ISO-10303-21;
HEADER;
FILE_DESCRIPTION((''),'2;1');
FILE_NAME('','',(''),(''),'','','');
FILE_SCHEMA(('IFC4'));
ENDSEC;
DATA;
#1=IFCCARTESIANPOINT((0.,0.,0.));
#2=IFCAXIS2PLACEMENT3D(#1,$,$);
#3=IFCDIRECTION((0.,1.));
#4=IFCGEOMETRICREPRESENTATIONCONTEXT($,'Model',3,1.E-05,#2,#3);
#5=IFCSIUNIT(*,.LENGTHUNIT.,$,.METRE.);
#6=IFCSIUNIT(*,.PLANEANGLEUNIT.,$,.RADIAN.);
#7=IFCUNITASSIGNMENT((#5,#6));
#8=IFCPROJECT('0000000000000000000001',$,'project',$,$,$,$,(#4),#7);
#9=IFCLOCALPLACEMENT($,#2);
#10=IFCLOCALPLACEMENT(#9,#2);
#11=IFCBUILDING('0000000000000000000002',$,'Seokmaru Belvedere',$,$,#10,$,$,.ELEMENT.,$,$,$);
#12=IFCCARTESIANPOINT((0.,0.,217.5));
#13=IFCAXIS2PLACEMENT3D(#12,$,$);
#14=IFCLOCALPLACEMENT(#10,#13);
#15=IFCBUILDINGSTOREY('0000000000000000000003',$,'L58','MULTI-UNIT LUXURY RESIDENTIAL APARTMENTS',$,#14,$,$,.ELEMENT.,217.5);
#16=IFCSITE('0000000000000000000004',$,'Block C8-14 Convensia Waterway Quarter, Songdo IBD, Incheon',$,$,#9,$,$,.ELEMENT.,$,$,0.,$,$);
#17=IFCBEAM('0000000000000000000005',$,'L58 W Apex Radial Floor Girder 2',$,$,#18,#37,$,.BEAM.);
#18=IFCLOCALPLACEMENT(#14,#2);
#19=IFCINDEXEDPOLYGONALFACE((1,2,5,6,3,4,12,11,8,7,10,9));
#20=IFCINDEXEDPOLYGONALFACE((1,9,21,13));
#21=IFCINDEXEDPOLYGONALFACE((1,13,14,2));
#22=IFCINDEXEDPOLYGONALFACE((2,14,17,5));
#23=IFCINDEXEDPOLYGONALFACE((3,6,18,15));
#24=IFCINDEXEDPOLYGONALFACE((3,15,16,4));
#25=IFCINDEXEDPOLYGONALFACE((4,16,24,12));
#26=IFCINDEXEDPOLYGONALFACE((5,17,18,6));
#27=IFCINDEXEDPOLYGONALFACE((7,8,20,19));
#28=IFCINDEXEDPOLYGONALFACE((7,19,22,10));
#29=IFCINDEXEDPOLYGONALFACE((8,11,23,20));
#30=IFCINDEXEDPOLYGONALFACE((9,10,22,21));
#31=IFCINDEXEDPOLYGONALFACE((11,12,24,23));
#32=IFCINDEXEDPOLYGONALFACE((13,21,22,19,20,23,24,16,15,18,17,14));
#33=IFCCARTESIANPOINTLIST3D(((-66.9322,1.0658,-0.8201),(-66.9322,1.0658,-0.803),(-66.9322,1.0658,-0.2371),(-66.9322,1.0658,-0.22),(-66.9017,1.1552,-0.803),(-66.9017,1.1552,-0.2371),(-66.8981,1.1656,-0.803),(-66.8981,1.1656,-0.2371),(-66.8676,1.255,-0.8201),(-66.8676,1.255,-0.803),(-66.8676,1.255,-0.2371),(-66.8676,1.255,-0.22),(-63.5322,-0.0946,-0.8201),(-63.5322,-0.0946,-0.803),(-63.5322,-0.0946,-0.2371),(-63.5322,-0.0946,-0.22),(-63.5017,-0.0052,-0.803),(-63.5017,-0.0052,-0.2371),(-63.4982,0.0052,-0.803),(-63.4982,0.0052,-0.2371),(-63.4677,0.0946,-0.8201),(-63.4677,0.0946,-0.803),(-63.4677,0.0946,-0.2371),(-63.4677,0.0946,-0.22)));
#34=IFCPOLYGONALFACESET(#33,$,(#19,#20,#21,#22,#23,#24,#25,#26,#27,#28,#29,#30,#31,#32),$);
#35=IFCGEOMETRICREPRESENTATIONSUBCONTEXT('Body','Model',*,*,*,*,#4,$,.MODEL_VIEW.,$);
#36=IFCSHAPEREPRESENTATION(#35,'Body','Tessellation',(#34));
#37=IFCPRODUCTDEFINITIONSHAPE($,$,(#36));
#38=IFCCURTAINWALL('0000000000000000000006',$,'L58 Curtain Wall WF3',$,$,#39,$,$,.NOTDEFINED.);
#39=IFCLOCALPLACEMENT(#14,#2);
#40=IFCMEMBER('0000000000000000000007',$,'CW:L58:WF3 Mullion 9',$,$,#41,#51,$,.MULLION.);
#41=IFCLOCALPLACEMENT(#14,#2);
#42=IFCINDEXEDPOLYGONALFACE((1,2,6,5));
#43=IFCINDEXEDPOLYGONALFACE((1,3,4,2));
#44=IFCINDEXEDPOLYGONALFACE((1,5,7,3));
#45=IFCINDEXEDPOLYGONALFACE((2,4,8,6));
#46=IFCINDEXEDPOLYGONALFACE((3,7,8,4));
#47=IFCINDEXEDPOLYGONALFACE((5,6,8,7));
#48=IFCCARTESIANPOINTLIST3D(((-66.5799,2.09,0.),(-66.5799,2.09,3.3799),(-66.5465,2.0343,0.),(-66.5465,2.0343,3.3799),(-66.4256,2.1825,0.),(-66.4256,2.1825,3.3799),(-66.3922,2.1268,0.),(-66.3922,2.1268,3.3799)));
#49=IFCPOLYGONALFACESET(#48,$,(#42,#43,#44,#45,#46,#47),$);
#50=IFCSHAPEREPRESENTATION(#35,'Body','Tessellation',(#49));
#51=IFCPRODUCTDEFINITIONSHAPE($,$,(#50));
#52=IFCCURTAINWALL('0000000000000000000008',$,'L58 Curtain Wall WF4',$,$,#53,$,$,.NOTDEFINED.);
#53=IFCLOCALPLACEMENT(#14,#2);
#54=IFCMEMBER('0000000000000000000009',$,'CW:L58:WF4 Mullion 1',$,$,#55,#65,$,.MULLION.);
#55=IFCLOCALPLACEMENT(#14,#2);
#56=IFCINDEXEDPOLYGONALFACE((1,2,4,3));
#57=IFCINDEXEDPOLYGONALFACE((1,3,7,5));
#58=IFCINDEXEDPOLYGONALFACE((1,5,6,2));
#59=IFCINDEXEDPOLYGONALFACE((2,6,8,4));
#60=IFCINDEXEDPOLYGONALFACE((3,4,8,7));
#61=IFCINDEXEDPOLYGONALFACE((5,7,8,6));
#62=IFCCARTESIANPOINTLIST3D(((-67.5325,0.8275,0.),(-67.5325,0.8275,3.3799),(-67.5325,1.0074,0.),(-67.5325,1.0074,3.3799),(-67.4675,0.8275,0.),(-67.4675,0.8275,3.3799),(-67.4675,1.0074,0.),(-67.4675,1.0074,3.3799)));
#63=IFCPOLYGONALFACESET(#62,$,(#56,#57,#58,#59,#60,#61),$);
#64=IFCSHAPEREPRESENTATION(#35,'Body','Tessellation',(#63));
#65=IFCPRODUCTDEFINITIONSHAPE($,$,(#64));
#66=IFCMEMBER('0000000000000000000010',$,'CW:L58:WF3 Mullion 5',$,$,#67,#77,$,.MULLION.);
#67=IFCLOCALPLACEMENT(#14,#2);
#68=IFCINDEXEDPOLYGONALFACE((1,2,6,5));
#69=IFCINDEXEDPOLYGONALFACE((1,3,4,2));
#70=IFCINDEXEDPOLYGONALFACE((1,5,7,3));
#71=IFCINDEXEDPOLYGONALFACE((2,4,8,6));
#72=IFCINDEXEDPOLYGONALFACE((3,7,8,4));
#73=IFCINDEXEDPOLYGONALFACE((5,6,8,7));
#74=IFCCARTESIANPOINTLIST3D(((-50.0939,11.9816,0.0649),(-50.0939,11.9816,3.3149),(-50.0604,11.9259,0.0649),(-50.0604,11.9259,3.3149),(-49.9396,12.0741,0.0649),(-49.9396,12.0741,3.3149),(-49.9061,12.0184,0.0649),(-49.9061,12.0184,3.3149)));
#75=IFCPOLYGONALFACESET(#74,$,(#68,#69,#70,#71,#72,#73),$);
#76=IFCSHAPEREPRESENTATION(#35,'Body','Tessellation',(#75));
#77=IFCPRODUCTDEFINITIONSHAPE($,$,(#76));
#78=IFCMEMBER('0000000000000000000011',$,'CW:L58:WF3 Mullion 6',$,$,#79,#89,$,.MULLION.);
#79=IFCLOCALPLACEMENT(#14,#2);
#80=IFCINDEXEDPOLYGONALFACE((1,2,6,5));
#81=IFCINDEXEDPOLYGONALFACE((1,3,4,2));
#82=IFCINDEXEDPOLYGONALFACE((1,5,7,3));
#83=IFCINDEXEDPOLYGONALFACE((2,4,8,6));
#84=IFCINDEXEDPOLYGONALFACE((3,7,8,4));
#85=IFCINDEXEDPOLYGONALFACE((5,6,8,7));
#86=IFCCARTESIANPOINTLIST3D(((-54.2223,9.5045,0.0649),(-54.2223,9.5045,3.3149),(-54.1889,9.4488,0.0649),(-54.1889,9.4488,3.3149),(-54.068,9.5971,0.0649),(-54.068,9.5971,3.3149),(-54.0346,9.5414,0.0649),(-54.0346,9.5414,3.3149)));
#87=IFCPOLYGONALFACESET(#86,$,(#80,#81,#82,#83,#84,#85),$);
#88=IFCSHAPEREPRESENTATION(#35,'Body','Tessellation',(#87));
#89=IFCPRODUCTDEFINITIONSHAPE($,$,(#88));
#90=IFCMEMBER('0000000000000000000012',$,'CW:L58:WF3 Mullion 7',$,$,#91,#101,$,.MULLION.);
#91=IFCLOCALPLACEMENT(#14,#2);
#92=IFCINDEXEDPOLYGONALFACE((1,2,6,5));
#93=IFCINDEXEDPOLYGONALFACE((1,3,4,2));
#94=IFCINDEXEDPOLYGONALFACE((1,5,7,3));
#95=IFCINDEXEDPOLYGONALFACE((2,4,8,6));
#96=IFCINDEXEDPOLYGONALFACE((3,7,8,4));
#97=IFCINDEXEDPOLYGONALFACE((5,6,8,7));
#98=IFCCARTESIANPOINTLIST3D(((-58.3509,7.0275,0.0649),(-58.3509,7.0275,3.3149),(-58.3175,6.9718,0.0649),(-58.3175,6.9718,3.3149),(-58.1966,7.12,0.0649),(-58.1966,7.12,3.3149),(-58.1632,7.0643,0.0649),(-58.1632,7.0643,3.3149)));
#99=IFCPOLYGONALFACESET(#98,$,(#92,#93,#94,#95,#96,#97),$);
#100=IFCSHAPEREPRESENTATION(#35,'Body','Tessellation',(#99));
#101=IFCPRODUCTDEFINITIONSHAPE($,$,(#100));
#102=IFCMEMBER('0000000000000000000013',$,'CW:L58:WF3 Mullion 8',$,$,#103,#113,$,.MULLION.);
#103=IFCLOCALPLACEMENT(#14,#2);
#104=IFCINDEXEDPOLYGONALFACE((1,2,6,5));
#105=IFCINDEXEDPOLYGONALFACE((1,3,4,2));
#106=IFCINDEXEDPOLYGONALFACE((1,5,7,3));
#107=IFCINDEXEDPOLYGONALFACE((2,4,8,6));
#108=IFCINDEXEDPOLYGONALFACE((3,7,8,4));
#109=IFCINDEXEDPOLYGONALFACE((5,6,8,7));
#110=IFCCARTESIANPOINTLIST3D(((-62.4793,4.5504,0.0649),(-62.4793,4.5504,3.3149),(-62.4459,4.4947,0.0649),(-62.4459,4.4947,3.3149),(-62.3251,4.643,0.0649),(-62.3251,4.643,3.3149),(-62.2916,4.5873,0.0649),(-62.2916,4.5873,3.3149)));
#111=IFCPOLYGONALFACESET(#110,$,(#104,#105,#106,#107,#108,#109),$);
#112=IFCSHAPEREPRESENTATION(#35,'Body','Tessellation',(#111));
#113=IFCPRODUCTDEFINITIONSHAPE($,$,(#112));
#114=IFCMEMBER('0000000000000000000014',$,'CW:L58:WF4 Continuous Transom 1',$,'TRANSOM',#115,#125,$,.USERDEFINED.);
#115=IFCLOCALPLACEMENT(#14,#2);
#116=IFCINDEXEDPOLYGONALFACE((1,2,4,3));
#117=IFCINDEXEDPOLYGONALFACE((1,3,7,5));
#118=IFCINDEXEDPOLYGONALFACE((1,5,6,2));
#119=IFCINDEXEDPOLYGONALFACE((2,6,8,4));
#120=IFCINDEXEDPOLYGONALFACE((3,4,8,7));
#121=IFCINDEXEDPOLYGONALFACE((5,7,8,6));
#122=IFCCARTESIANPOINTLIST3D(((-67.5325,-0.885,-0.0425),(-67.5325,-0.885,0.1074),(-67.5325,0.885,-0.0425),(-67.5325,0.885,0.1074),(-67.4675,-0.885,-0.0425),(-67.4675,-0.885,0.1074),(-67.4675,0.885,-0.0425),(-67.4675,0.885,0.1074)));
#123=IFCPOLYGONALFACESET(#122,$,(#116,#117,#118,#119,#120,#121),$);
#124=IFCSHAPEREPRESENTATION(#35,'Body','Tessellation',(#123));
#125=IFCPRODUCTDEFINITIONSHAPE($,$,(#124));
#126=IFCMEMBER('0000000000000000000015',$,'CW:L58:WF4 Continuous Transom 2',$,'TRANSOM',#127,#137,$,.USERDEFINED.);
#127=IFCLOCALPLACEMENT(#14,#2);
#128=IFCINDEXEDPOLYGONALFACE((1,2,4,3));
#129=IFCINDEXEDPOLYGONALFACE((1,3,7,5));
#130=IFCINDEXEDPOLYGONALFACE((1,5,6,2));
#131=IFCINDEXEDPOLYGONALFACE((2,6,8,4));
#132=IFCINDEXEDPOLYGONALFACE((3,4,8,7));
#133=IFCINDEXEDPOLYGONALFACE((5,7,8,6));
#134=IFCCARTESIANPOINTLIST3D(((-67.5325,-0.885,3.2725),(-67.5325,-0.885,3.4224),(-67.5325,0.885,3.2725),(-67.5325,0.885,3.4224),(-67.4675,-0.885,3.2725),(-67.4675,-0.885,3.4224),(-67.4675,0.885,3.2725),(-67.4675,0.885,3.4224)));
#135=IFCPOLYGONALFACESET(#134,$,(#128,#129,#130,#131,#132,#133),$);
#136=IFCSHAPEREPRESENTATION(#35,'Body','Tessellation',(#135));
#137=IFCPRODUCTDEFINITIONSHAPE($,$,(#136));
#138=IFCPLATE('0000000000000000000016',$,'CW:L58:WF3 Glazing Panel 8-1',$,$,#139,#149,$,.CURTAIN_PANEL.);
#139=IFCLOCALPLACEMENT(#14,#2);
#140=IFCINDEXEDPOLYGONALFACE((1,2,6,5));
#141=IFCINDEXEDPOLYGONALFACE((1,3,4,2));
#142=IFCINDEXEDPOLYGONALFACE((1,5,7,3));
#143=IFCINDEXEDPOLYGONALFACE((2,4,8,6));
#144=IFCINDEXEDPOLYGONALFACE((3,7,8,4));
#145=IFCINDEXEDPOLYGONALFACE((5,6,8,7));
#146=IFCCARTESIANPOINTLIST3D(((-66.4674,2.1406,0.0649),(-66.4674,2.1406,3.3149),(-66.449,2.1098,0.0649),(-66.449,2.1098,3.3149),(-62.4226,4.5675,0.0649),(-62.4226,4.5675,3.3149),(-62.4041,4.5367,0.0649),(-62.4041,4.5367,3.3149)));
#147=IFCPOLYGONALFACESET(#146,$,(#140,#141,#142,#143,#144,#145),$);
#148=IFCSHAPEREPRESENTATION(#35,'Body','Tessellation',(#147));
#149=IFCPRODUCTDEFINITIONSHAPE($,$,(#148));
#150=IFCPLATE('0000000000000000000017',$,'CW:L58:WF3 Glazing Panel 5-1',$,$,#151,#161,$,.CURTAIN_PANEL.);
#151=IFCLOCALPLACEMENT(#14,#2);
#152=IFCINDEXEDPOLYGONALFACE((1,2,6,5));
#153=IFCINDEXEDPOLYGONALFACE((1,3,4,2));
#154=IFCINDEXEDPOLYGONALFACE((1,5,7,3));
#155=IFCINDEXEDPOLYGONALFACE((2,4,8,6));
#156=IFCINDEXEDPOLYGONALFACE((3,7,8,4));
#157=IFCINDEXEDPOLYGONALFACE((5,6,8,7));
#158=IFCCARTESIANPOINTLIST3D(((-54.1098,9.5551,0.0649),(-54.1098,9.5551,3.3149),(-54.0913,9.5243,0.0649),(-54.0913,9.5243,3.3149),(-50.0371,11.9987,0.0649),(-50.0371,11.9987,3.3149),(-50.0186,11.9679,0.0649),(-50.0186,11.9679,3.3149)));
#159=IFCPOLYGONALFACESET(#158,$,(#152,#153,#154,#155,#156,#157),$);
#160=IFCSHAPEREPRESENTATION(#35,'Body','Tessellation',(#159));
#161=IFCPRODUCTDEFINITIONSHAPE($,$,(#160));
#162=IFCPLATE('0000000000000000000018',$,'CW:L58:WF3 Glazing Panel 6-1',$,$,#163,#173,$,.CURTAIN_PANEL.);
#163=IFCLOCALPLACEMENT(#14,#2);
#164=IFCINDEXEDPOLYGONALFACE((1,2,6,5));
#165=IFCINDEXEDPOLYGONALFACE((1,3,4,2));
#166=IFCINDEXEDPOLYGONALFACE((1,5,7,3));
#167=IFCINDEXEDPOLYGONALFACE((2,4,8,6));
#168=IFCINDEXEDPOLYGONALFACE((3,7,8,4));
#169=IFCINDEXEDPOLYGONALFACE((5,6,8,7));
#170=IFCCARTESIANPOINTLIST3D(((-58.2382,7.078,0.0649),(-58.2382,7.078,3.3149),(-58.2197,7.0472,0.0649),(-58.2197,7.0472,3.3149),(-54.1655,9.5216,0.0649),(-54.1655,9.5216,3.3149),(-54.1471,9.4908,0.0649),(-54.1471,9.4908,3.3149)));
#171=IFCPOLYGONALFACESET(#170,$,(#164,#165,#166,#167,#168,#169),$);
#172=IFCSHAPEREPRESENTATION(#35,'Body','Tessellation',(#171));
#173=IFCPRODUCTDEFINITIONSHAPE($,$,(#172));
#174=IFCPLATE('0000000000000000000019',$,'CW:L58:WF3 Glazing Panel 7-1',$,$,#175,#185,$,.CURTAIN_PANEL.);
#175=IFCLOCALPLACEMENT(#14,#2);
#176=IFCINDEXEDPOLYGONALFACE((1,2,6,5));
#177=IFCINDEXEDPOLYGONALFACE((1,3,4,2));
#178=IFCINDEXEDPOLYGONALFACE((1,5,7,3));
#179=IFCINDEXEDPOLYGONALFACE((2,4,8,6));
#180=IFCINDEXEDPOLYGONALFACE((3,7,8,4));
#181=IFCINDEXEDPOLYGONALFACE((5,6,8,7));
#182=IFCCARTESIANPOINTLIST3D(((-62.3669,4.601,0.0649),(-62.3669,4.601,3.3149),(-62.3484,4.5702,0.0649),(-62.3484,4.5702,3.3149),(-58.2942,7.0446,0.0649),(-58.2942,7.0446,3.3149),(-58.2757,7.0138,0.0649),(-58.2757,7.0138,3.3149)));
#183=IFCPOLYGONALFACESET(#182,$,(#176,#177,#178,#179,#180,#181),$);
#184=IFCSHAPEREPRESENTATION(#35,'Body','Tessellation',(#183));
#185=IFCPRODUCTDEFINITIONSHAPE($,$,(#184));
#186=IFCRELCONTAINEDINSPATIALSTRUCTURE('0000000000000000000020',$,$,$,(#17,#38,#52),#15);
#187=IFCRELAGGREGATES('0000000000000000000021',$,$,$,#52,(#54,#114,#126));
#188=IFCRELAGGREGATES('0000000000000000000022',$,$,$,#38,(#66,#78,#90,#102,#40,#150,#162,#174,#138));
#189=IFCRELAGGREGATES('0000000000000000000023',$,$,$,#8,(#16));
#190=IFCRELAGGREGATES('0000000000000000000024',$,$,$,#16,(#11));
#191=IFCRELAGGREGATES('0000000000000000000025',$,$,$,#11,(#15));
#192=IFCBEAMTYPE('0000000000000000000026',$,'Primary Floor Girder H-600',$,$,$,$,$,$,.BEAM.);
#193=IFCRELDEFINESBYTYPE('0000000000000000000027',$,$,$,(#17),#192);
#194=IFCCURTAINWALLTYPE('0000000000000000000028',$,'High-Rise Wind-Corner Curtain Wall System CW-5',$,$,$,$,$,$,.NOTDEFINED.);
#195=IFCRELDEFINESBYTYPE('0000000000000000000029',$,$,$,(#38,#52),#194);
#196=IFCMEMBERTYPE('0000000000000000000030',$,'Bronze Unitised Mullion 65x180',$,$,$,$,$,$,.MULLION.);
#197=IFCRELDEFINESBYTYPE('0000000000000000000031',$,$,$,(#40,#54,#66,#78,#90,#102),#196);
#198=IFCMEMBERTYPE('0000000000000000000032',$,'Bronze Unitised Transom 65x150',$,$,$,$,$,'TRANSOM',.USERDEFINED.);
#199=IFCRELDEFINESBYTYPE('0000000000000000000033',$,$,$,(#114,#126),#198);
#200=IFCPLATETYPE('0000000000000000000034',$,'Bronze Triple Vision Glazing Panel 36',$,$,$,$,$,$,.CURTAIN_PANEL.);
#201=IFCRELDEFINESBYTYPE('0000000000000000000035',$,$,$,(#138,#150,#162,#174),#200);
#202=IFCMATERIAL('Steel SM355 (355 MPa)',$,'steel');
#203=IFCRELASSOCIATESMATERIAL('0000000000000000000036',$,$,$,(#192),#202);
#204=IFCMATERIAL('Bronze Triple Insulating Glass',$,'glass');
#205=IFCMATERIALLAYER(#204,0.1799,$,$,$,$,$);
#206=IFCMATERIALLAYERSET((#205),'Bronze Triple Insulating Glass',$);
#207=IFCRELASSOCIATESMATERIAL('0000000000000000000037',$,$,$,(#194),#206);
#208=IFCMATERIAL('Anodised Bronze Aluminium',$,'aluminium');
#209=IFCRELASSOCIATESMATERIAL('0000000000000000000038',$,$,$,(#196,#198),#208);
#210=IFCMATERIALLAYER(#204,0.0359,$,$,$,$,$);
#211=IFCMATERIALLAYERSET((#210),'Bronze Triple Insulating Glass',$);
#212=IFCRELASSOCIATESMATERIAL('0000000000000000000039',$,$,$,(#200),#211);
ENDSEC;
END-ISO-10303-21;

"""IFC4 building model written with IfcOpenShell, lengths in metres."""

from ifc_helpers import new_model, si_unit, direction, frame, origin, origin_2d, place, context, subcontext, project, spatial, rectangle, i_section, extrude, source, transform, mapped, material, layer, layer_set, material_profile, profile_set, type_object, type_shapes, element, aggregate, save


model = new_model("IFC4")

# Units and contexts
model_context = context("Model", 3, precision=1e-05, world=origin(), true_north=direction((0.0, 1.0)))
body_context = subcontext(model_context, "Body", "Model", "MODEL_VIEW")
ifc_project = project(units=[si_unit("LENGTHUNIT", "METRE"), si_unit("PLANEANGLEUNIT", "RADIAN")], contexts=[model_context])

# Site, building, storey
site_placement = place(None, origin())
site = spatial("IfcSite", under=ifc_project, at=site_placement, Name="Block C8-14 Convensia Waterway Quarter, Songdo IBD, Incheon", CompositionType="ELEMENT", RefElevation=0.0)
building_placement = place(site_placement, origin())
building = spatial("IfcBuilding", under=site, at=building_placement, Name="Seokmaru Belvedere", CompositionType="ELEMENT")
storey_placement = place(building_placement, frame((0.0, 0.0, 217.5)))
storey = spatial("IfcBuildingStorey", under=building, at=storey_placement, Name="L58", Description="MULTI-UNIT LUXURY RESIDENTIAL APARTMENTS", CompositionType="ELEMENT", Elevation=217.5)

# Shared definitions
ifc_material_1 = material(Name="Steel SM355 (355 MPa)", Category="steel")

# Beam
ifc_material_profile_1 = material_profile(ifc_material_1, i_section(OverallWidth=0.2, OverallDepth=0.6001, WebThickness=0.011, FlangeThickness=0.0171, at=origin_2d()), Name="H-600x200x11x17")
ifc_profile_set_1 = profile_set([ifc_material_profile_1], Name="Steel SM355 (355 MPa)")
beam_type_1 = type_object("IfcBeamType", Name="Primary Floor Girder H-600", PredefinedType="BEAM", material=ifc_profile_set_1)
shared_shape_1 = source(origin(), body_context, "Body", "SweptSolid", [
    extrude(i_section(OverallWidth=0.2, OverallDepth=0.6001, WebThickness=0.011, FlangeThickness=0.0171, at=origin_2d()), origin(), (0.0, 0.0, 1.0), 3.5925),
])
beam_1_placement = place(storey_placement, frame((-66.8999, 1.1604, -0.52), z_axis=(0.946396, -0.323009, 0.0), x_axis=(0.323009, 0.946396, 0.0)))
element("IfcBeam", 1, at=beam_1_placement, inside=storey, type_object=beam_type_1, Name="L58 W Apex Radial Floor Girder 2", PredefinedType="BEAM", context=body_context, shape_type="MappedRepresentation", body=[
    mapped(shared_shape_1, transform((0.0, 0.0, 0.0), scale=1.0)),
])

# Curtain walls, members
ifc_material_2 = material(Name="Bronze Triple Insulating Glass", Category="glass")
ifc_layer_1 = layer(ifc_material_2, 0.1799)
ifc_layer_set_1 = layer_set([ifc_layer_1], Name="Bronze Triple Insulating Glass")
curtain_wall_type = type_object("IfcCurtainWallType", Name="High-Rise Wind-Corner Curtain Wall System CW-5", PredefinedType="NOTDEFINED", material=ifc_layer_set_1)
curtain_wall_1_placement = place(storey_placement, origin())
curtain_wall_1 = element("IfcCurtainWall", 2, at=curtain_wall_1_placement, inside=storey, type_object=curtain_wall_type, Name="L58 Curtain Wall WF3", PredefinedType="NOTDEFINED")
ifc_material_3 = material(Name="Anodised Bronze Aluminium", Category="aluminium")
ifc_material_profile_2 = material_profile(ifc_material_3, rectangle(XDim=0.0649, YDim=0.1799, at=origin_2d()), Name="CW-M-65x180")
ifc_profile_set_2 = profile_set([ifc_material_profile_2], Name="Anodised Bronze Aluminium")
member_type_1 = type_object("IfcMemberType", Name="Bronze Unitised Mullion 65x180", PredefinedType="MULLION", material=ifc_profile_set_2)
shared_shape_2 = source(origin(), body_context, "Body", "SweptSolid", [
    extrude(rectangle(XDim=0.0649, YDim=0.1799, at=origin_2d()), origin(), (0.0, 0.0, 1.0), 3.3799),
])
member_1_placement = place(storey_placement, frame((-66.4861, 2.1084, 0.0), z_axis=(0.0, 0.0, 1.0), x_axis=(0.514495, -0.857493, 0.0)))
member_1 = element("IfcMember", 3, at=member_1_placement, type_object=member_type_1, Name="CW:L58:WF3 Mullion 9", PredefinedType="MULLION", context=body_context, shape_type="MappedRepresentation", body=[
    mapped(shared_shape_2, transform((0.0, 0.0, 0.0), scale=1.0)),
])
curtain_wall_2_placement = place(storey_placement, origin())
curtain_wall_2 = element("IfcCurtainWall", 4, at=curtain_wall_2_placement, inside=storey, type_object=curtain_wall_type, Name="L58 Curtain Wall WF4", PredefinedType="NOTDEFINED")
member_2_placement = place(storey_placement, frame((-67.5, 0.9175, 0.0), z_axis=(0.0, 0.0, 1.0), x_axis=(1.0, 0.0, 0.0)))
member_2 = element("IfcMember", 5, at=member_2_placement, type_object=member_type_1, Name="CW:L58:WF4 Mullion 1", PredefinedType="MULLION", context=body_context, shape_type="MappedRepresentation", body=[
    mapped(shared_shape_2, transform((0.0, 0.0, 0.0), scale=1.0)),
])

# Members
shared_shape_3 = source(origin(), body_context, "Body", "SweptSolid", [
    extrude(rectangle(XDim=0.0649, YDim=0.1799, at=origin_2d()), origin(), (0.0, 0.0, 1.0), 3.25),
])
type_shapes(member_type_1, [shared_shape_2, shared_shape_3])
member_3_placement = place(storey_placement, frame((-50.0, 12.0, 0.0649), z_axis=(0.0, 0.0, 1.0), x_axis=(0.514495, -0.857493, 0.0)))
member_3 = element("IfcMember", 6, at=member_3_placement, type_object=member_type_1, Name="CW:L58:WF3 Mullion 5", PredefinedType="MULLION", context=body_context, shape_type="MappedRepresentation", body=[
    mapped(shared_shape_3, transform((0.0, 0.0, 0.0), scale=1.0)),
])
member_4_placement = place(storey_placement, frame((-54.1284, 9.5229, 0.0649), z_axis=(0.0, 0.0, 1.0), x_axis=(0.514495, -0.857493, 0.0)))
member_4 = element("IfcMember", 7, at=member_4_placement, type_object=member_type_1, Name="CW:L58:WF3 Mullion 6", PredefinedType="MULLION", context=body_context, shape_type="MappedRepresentation", body=[
    mapped(shared_shape_3, transform((0.0, 0.0, 0.0), scale=1.0)),
])
member_5_placement = place(storey_placement, frame((-58.2571, 7.0459, 0.0649), z_axis=(0.0, 0.0, 1.0), x_axis=(0.514495, -0.857493, 0.0)))
member_5 = element("IfcMember", 8, at=member_5_placement, type_object=member_type_1, Name="CW:L58:WF3 Mullion 7", PredefinedType="MULLION", context=body_context, shape_type="MappedRepresentation", body=[
    mapped(shared_shape_3, transform((0.0, 0.0, 0.0), scale=1.0)),
])
member_6_placement = place(storey_placement, frame((-62.3855, 4.5688, 0.0649), z_axis=(0.0, 0.0, 1.0), x_axis=(0.514495, -0.857493, 0.0)))
member_6 = element("IfcMember", 9, at=member_6_placement, type_object=member_type_1, Name="CW:L58:WF3 Mullion 8", PredefinedType="MULLION", context=body_context, shape_type="MappedRepresentation", body=[
    mapped(shared_shape_3, transform((0.0, 0.0, 0.0), scale=1.0)),
])
ifc_material_profile_3 = material_profile(ifc_material_3, rectangle(XDim=0.0649, YDim=0.1499, at=origin_2d()), Name="CW-T-65x150")
ifc_profile_set_3 = profile_set([ifc_material_profile_3], Name="Anodised Bronze Aluminium")
member_type_2 = type_object("IfcMemberType", Name="Bronze Unitised Transom 65x150", ElementType="TRANSOM", PredefinedType="USERDEFINED", material=ifc_profile_set_3)
shared_shape_4 = source(origin(), body_context, "Body", "SweptSolid", [
    extrude(rectangle(XDim=0.0649, YDim=0.1499, at=origin_2d()), origin(), (0.0, 0.0, 1.0), 1.77),
])
type_shapes(member_type_2, [shared_shape_4])
member_7_placement = place(storey_placement, frame((-67.5, 0.885, 0.0325), z_axis=(0.0, -1.0, 0.0), x_axis=(1.0, 0.0, 0.0)))
member_7 = element("IfcMember", 10, at=member_7_placement, type_object=member_type_2, Name="CW:L58:WF4 Continuous Transom 1", ObjectType="TRANSOM", PredefinedType="USERDEFINED", context=body_context, shape_type="MappedRepresentation", body=[
    mapped(shared_shape_4, transform((0.0, 0.0, 0.0), scale=1.0)),
])
member_8_placement = place(storey_placement, frame((-67.5, 0.885, 3.3474), z_axis=(0.0, -1.0, 0.0), x_axis=(1.0, 0.0, 0.0)))
member_8 = element("IfcMember", 11, at=member_8_placement, type_object=member_type_2, Name="CW:L58:WF4 Continuous Transom 2", ObjectType="TRANSOM", PredefinedType="USERDEFINED", context=body_context, shape_type="MappedRepresentation", body=[
    mapped(shared_shape_4, transform((0.0, 0.0, 0.0), scale=1.0)),
])
aggregate(curtain_wall_2, [member_2, member_7, member_8])

# Plates
ifc_layer_2 = layer(ifc_material_2, 0.0359)
ifc_layer_set_2 = layer_set([ifc_layer_2], Name="Bronze Triple Insulating Glass")
plate_type = type_object("IfcPlateType", Name="Bronze Triple Vision Glazing Panel 36", PredefinedType="CURTAIN_PANEL", material=ifc_layer_set_2)
shared_shape_5 = source(origin(), body_context, "Body", "SweptSolid", [
    extrude(rectangle(XDim=4.717, YDim=0.0359, at=origin_2d()), origin(), (0.0, 0.0, 1.0), 3.25),
])
plate_1_placement = place(storey_placement, frame((-64.4358, 3.3386, 0.0649), z_axis=(0.0, 0.0, 1.0), x_axis=(-0.857493, -0.514495, 0.0)))
plate_1 = element("IfcPlate", 12, at=plate_1_placement, type_object=plate_type, Name="CW:L58:WF3 Glazing Panel 8-1", PredefinedType="CURTAIN_PANEL", context=body_context, shape_type="MappedRepresentation", body=[
    mapped(shared_shape_5, transform((0.0, 0.0, 0.0), scale=1.0)),
])
shared_shape_6 = source(origin(), body_context, "Body", "SweptSolid", [
    extrude(rectangle(XDim=4.7495, YDim=0.0359, at=origin_2d()), origin(), (0.0, 0.0, 1.0), 3.25),
])
type_shapes(plate_type, [shared_shape_5, shared_shape_6])
plate_2_placement = place(storey_placement, frame((-52.0642, 10.7615, 0.0649), z_axis=(0.0, 0.0, 1.0), x_axis=(-0.857493, -0.514495, 0.0)))
plate_2 = element("IfcPlate", 13, at=plate_2_placement, type_object=plate_type, Name="CW:L58:WF3 Glazing Panel 5-1", PredefinedType="CURTAIN_PANEL", context=body_context, shape_type="MappedRepresentation", body=[
    mapped(shared_shape_6, transform((0.0, 0.0, 0.0), scale=1.0)),
])
plate_3_placement = place(storey_placement, frame((-56.1926, 8.2844, 0.0649), z_axis=(0.0, 0.0, 1.0), x_axis=(-0.857493, -0.514495, 0.0)))
plate_3 = element("IfcPlate", 14, at=plate_3_placement, type_object=plate_type, Name="CW:L58:WF3 Glazing Panel 6-1", PredefinedType="CURTAIN_PANEL", context=body_context, shape_type="MappedRepresentation", body=[
    mapped(shared_shape_6, transform((0.0, 0.0, 0.0), scale=1.0)),
])
plate_4_placement = place(storey_placement, frame((-60.3213, 5.8074, 0.0649), z_axis=(0.0, 0.0, 1.0), x_axis=(-0.857493, -0.514495, 0.0)))
plate_4 = element("IfcPlate", 15, at=plate_4_placement, type_object=plate_type, Name="CW:L58:WF3 Glazing Panel 7-1", PredefinedType="CURTAIN_PANEL", context=body_context, shape_type="MappedRepresentation", body=[
    mapped(shared_shape_6, transform((0.0, 0.0, 0.0), scale=1.0)),
])
aggregate(curtain_wall_1, [member_3, member_4, member_5, member_6, member_1, plate_2, plate_3, plate_4, plate_1])

save(model, "model.ifc")
